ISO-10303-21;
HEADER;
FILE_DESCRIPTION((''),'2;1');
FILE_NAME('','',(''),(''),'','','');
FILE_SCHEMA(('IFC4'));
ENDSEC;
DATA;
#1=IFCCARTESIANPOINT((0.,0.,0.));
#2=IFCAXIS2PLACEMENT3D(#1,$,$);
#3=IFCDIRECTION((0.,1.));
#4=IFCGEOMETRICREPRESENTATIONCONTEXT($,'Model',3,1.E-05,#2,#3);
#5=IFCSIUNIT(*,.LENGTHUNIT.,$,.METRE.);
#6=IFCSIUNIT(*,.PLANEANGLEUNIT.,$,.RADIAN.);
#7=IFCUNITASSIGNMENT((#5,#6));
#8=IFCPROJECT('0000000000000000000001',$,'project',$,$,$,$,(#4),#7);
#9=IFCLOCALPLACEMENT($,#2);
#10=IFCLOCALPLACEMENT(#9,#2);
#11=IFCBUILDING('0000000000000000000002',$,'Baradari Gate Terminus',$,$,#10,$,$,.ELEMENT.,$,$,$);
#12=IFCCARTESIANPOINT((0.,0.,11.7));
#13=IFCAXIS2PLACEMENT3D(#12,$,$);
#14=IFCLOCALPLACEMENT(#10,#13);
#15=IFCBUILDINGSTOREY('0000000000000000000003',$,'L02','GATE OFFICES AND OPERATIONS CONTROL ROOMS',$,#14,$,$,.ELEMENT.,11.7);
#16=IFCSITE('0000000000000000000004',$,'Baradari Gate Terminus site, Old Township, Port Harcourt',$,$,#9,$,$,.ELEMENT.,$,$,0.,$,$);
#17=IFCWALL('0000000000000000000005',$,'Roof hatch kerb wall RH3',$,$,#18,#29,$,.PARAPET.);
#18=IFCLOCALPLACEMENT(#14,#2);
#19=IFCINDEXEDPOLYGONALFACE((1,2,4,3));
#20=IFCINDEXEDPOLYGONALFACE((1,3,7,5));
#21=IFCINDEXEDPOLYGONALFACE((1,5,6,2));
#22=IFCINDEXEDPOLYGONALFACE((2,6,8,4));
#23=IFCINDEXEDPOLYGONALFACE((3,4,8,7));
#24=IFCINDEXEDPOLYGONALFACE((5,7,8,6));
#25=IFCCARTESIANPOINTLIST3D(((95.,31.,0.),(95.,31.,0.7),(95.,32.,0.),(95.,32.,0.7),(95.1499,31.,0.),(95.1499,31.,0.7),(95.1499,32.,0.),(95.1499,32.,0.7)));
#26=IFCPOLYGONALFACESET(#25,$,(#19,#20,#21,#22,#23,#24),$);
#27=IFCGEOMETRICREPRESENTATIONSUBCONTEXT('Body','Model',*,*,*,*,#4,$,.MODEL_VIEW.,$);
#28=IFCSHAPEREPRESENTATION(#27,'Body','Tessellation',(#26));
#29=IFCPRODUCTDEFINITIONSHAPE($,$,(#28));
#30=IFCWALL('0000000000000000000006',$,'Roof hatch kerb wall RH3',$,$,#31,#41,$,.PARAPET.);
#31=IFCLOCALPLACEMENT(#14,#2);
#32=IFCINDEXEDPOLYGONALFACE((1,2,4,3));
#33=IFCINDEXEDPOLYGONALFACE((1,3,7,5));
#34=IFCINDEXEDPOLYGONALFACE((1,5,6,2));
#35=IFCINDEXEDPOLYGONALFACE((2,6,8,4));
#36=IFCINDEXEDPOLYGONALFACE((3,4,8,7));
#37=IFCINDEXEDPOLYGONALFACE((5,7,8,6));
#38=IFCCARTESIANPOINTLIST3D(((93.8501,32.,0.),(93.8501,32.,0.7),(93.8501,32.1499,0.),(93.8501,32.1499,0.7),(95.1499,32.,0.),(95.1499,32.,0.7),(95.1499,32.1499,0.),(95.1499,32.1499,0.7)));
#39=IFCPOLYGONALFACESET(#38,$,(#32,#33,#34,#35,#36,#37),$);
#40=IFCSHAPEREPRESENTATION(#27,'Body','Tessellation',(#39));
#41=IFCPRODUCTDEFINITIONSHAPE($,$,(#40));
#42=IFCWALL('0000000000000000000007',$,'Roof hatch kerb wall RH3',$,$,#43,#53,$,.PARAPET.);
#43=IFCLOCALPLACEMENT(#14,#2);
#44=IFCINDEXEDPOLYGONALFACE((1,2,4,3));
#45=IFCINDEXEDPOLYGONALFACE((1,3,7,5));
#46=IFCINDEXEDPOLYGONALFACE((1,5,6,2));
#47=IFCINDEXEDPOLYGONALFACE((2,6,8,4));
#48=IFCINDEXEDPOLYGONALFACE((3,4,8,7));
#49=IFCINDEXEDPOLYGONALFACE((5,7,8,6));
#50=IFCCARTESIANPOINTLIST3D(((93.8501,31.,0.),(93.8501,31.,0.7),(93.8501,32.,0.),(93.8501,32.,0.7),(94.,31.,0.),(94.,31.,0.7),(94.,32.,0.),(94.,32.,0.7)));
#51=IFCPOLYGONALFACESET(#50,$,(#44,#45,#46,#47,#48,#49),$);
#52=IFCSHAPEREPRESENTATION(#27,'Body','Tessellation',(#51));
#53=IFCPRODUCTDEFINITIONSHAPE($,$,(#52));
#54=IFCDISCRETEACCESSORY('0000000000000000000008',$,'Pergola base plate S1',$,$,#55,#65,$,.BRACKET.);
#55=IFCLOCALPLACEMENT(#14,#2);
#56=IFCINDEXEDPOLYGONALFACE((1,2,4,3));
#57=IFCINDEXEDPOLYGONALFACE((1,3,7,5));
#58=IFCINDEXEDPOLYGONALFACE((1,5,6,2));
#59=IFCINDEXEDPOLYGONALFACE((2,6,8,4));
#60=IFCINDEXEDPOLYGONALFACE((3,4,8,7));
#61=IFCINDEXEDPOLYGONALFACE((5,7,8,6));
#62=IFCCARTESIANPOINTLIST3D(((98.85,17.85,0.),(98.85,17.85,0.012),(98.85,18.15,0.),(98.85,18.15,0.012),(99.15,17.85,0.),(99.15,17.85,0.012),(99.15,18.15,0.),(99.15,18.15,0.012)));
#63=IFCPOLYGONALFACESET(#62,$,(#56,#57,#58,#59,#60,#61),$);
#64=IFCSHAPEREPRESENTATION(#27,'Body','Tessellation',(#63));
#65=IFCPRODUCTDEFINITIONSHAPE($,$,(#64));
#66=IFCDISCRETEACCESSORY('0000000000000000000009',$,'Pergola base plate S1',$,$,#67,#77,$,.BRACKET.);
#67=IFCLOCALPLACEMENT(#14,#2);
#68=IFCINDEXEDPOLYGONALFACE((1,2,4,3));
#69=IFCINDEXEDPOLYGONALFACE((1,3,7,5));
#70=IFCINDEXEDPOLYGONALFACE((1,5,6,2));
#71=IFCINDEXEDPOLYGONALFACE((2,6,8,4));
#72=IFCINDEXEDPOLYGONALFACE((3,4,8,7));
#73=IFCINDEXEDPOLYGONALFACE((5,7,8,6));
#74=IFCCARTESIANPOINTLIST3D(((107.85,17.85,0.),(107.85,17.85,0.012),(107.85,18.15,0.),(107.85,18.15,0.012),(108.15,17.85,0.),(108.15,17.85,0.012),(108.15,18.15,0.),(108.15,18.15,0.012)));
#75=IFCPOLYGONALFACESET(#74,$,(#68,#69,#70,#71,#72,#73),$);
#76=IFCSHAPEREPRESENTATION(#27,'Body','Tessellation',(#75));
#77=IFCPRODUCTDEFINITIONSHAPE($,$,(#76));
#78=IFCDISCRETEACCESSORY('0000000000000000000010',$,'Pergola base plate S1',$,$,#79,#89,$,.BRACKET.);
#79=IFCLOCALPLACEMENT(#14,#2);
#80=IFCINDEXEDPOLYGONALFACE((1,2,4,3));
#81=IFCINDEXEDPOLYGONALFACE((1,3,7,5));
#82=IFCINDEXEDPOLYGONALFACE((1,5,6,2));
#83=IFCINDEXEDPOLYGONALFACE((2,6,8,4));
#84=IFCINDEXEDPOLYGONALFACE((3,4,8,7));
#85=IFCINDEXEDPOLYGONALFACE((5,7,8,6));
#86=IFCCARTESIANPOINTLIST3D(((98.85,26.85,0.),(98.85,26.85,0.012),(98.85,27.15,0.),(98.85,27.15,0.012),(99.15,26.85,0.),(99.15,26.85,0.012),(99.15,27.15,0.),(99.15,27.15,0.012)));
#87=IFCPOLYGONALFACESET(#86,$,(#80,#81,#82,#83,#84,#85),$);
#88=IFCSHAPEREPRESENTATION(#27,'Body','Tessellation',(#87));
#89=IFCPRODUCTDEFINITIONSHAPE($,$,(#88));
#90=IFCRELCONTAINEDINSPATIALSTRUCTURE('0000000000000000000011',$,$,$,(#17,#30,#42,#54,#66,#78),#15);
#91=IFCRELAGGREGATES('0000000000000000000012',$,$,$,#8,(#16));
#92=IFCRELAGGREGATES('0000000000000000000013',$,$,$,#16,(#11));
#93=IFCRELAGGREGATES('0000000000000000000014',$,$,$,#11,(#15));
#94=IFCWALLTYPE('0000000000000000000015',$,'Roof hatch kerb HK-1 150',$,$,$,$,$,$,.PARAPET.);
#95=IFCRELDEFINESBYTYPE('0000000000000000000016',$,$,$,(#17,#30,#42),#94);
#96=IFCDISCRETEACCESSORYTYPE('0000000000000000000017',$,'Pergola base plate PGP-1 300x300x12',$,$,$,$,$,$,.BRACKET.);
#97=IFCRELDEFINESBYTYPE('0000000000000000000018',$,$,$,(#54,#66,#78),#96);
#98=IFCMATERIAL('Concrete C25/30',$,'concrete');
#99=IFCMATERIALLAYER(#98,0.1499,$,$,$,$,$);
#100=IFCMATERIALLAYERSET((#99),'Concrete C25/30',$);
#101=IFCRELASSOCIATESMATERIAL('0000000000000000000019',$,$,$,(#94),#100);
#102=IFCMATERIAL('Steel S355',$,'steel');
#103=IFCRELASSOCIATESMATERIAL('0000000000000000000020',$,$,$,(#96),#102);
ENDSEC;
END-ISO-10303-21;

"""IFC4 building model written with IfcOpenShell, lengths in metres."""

from ifc_helpers import new_model, si_unit, direction, frame, frame_2d, origin, origin_2d, place, context, subcontext, project, spatial, rectangle, extrude, material, layer, layer_set, type_object, element, save


model = new_model("IFC4")

# Units and contexts
model_context = context("Model", 3, precision=1e-05, world=origin(), true_north=direction((0.0, 1.0)))
body_context = subcontext(model_context, "Body", "Model", "MODEL_VIEW")
ifc_project = project(units=[si_unit("LENGTHUNIT", "METRE"), si_unit("PLANEANGLEUNIT", "RADIAN")], contexts=[model_context])

# Site, building, storey
site_placement = place(None, origin())
site = spatial("IfcSite", under=ifc_project, at=site_placement, Name="Baradari Gate Terminus site, Old Township, Port Harcourt", CompositionType="ELEMENT", RefElevation=0.0)
building_placement = place(site_placement, origin())
building = spatial("IfcBuilding", under=site, at=building_placement, Name="Baradari Gate Terminus", CompositionType="ELEMENT")
storey_placement = place(building_placement, frame((0.0, 0.0, 11.7)))
storey = spatial("IfcBuildingStorey", under=building, at=storey_placement, Name="L02", Description="GATE OFFICES AND OPERATIONS CONTROL ROOMS", CompositionType="ELEMENT", Elevation=11.7)

# Walls
ifc_material_1 = material(Name="Concrete C25/30", Category="concrete")
ifc_layer_1 = layer(ifc_material_1, 0.1499)
ifc_layer_set_1 = layer_set([ifc_layer_1], Name="Concrete C25/30")
wall_type = type_object("IfcWallType", Name="Roof hatch kerb HK-1 150", PredefinedType="PARAPET", material=ifc_layer_set_1)
wall_1_placement = place(storey_placement, frame((95.075, 31.0, 0.0), z_axis=(0.0, 0.0, 1.0), x_axis=(0.0, 1.0, 0.0)))
element("IfcWall", 1, at=wall_1_placement, inside=storey, type_object=wall_type, Name="Roof hatch kerb wall RH3", PredefinedType="PARAPET", context=body_context, shape_type="SweptSolid", body=[
    extrude(rectangle(XDim=1.0, YDim=0.1499, at=frame_2d((0.5, 0.0))), origin(), (0.0, 0.0, 1.0), 0.7),
])
wall_2_placement = place(storey_placement, frame((95.1499, 32.075, 0.0), z_axis=(0.0, 0.0, 1.0), x_axis=(-1.0, 0.0, 0.0)))
element("IfcWall", 2, at=wall_2_placement, inside=storey, type_object=wall_type, Name="Roof hatch kerb wall RH3", PredefinedType="PARAPET", context=body_context, shape_type="SweptSolid", body=[
    extrude(rectangle(XDim=1.2998, YDim=0.1499, at=frame_2d((0.6499, 0.0))), origin(), (0.0, 0.0, 1.0), 0.7),
])
wall_3_placement = place(storey_placement, frame((93.925, 32.0, 0.0), z_axis=(0.0, 0.0, 1.0), x_axis=(0.0, -1.0, 0.0)))
element("IfcWall", 3, at=wall_3_placement, inside=storey, type_object=wall_type, Name="Roof hatch kerb wall RH3", PredefinedType="PARAPET", context=body_context, shape_type="SweptSolid", body=[
    extrude(rectangle(XDim=1.0, YDim=0.1499, at=frame_2d((0.5, 0.0))), origin(), (0.0, 0.0, 1.0), 0.7),
])

# Discrete accessories
ifc_material_2 = material(Name="Steel S355", Category="steel")
discrete_accessory_type = type_object("IfcDiscreteAccessoryType", Name="Pergola base plate PGP-1 300x300x12", PredefinedType="BRACKET", material=ifc_material_2)
for number, where, z_axis, x_axis, name in (
    (4, (99.0, 18.0, 0.0), (0.0, 0.0, 1.0), (1.0, 0.0, 0.0), "Pergola base plate S1"),
    (5, (108.0, 18.0, 0.0), (0.0, 0.0, 1.0), (1.0, 0.0, 0.0), "Pergola base plate S1"),
    (6, (99.0, 27.0, 0.0), (0.0, 0.0, 1.0), (1.0, 0.0, 0.0), "Pergola base plate S1"),
):
    element("IfcDiscreteAccessory", number, at=place(storey_placement, frame(where, z_axis=z_axis, x_axis=x_axis)), inside=storey, type_object=discrete_accessory_type, Name=name, PredefinedType="BRACKET", context=body_context, shape_type="SweptSolid", body=[
        extrude(rectangle(XDim=0.3, YDim=0.3, at=origin_2d()), origin(), (0.0, 0.0, 1.0), 0.012),
    ])

save(model, "model.ifc")
